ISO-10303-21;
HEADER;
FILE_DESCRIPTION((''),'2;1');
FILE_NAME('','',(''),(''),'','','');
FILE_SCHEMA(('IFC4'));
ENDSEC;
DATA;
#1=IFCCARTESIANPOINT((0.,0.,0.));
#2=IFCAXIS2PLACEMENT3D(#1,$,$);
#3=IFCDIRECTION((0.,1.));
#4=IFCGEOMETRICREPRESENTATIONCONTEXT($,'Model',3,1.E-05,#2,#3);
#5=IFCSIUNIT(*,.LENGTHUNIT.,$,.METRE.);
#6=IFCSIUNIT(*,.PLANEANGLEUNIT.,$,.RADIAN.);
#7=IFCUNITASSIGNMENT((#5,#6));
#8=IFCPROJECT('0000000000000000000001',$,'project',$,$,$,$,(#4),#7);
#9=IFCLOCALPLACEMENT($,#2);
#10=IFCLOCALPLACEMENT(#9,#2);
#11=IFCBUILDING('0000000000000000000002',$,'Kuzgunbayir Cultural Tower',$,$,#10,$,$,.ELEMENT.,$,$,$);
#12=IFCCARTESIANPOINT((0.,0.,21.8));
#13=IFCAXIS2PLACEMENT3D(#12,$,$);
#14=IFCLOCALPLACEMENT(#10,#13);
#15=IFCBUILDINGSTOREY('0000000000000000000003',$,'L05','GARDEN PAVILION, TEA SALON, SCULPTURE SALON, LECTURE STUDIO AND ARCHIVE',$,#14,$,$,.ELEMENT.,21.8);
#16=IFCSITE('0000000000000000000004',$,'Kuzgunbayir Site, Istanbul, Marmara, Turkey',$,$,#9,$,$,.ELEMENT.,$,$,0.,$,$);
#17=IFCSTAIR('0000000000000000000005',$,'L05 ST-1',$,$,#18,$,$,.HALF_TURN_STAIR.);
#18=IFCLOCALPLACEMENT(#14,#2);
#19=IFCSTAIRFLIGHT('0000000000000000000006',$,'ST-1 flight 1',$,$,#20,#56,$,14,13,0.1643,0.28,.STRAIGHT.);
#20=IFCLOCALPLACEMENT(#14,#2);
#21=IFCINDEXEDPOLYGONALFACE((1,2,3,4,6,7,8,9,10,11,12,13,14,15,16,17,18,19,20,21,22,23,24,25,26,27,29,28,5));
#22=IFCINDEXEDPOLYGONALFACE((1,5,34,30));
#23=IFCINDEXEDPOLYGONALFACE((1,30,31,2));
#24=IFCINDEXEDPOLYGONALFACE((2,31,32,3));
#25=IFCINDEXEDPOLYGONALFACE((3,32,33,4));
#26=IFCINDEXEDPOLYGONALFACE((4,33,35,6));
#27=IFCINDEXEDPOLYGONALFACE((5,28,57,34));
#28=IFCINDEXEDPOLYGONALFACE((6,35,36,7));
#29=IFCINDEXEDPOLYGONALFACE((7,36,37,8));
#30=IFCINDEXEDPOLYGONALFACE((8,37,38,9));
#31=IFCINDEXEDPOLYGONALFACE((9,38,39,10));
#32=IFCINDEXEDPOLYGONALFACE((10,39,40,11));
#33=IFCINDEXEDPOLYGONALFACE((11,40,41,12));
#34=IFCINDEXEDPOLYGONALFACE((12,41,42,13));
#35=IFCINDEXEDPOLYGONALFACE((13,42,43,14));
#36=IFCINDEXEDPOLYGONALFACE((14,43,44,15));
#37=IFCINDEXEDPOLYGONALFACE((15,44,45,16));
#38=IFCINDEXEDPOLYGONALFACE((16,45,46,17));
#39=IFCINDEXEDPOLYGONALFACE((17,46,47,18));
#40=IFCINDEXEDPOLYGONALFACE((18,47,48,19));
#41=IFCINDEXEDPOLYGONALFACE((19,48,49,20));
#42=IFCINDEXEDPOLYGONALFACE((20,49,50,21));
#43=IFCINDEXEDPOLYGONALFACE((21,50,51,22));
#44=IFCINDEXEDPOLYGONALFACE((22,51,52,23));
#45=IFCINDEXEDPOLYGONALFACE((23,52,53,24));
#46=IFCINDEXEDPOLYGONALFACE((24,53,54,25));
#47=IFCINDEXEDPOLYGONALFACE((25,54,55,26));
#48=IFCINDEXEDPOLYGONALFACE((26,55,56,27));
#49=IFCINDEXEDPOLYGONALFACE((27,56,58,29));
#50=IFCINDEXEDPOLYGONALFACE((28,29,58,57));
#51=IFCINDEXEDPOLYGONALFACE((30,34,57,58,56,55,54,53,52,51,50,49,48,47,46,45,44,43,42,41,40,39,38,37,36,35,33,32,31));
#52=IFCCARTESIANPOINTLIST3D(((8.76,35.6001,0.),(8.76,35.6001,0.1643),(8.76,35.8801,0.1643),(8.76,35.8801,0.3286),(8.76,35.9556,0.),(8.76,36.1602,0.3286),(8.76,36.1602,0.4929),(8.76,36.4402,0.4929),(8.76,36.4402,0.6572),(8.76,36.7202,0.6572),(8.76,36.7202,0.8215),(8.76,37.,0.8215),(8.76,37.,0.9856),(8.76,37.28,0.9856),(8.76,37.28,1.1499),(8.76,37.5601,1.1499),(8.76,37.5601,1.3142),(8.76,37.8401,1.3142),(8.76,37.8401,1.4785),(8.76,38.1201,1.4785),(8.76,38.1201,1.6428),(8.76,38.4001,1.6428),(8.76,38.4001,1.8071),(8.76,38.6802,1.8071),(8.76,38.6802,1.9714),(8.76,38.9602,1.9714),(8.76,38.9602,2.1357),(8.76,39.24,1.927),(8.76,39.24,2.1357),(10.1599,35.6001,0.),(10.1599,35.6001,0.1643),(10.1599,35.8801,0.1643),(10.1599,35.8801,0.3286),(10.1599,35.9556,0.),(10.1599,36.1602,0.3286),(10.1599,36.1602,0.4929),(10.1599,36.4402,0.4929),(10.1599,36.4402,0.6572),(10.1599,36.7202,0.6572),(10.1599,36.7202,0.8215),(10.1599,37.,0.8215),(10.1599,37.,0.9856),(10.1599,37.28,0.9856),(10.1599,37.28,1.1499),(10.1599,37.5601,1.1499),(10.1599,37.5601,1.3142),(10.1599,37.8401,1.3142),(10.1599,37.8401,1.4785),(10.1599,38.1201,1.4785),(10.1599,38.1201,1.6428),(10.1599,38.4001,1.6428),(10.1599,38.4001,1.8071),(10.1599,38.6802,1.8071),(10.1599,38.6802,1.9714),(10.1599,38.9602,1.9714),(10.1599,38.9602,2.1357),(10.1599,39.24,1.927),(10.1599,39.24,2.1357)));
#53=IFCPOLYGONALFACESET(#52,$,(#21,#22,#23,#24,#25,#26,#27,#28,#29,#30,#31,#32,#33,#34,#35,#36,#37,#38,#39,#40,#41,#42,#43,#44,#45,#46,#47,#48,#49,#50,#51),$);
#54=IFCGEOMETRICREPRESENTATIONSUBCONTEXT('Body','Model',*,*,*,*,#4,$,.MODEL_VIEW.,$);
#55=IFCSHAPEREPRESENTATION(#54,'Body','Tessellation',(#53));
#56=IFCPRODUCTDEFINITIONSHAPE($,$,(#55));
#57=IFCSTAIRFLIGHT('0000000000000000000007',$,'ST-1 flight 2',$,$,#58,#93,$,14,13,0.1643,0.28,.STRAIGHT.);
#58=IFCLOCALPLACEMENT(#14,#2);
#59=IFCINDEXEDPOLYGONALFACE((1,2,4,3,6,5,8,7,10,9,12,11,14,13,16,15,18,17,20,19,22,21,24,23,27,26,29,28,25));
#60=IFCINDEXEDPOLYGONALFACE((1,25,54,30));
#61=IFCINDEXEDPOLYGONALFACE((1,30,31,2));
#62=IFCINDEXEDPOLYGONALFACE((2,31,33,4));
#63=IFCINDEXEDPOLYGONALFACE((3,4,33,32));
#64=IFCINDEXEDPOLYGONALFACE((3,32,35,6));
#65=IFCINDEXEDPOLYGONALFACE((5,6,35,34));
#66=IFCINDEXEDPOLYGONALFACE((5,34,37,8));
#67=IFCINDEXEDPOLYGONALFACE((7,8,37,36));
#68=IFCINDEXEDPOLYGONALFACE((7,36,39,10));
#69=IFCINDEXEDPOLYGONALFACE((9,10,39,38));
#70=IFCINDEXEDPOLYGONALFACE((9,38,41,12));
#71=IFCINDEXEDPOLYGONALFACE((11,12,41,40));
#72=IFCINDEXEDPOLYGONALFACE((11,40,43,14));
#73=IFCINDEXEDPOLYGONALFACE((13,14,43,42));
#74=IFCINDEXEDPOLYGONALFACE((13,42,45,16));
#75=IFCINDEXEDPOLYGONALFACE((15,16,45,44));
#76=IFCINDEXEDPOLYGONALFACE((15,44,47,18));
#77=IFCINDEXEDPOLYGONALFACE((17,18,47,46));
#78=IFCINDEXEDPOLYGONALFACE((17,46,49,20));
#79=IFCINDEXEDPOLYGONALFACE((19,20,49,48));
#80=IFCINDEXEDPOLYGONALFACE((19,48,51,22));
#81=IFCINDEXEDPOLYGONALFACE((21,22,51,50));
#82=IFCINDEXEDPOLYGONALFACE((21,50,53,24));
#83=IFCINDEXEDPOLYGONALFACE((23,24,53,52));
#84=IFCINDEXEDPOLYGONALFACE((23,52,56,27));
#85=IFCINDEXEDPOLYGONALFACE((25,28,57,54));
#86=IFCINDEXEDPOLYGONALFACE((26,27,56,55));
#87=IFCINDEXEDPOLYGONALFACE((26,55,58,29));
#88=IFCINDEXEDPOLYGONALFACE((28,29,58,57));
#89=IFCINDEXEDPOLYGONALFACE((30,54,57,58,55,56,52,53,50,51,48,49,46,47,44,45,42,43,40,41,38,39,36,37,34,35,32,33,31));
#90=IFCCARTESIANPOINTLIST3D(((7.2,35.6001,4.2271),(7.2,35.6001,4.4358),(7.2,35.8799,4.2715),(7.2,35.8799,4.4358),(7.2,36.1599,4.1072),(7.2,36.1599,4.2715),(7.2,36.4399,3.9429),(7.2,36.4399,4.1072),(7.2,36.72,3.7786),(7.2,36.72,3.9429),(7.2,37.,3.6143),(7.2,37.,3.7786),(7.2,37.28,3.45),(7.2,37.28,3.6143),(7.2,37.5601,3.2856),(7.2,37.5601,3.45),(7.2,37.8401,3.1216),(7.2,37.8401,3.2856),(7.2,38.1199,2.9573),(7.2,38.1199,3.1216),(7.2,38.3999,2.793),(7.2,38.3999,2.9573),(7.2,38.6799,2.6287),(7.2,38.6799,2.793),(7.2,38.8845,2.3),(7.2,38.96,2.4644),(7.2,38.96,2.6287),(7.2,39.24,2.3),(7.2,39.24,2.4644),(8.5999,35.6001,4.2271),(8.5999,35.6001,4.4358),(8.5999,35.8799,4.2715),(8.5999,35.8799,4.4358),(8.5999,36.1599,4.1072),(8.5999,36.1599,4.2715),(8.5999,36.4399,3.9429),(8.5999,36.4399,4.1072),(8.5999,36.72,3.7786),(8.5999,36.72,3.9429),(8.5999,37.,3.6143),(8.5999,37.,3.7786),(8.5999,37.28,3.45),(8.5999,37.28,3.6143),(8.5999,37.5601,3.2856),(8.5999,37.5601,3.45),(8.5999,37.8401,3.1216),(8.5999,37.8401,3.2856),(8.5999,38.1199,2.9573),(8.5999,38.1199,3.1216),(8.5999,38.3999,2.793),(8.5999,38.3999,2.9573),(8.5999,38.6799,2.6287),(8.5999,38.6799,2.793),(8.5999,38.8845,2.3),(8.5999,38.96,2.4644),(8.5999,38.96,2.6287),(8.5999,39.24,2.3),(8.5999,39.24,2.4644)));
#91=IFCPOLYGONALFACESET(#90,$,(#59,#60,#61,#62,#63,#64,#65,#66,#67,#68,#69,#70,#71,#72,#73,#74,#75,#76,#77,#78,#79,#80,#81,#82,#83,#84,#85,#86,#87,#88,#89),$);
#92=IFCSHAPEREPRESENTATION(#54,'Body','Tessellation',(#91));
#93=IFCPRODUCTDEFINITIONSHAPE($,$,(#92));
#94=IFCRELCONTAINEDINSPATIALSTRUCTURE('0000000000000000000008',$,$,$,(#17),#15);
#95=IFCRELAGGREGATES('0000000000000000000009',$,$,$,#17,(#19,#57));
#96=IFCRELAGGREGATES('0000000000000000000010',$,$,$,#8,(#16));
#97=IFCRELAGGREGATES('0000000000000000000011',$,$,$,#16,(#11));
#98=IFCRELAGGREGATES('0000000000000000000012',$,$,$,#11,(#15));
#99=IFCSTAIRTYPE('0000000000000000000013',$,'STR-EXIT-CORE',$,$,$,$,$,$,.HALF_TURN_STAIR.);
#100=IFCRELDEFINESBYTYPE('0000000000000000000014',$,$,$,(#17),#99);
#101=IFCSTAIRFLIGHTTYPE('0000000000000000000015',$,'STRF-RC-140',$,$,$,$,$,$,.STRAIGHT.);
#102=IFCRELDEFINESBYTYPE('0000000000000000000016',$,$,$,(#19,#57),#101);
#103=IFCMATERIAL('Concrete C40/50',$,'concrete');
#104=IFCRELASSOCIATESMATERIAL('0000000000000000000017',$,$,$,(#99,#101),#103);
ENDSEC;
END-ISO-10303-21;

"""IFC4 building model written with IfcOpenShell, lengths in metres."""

from ifc_helpers import new_model, si_unit, direction, frame, origin, place, context, subcontext, project, spatial, polyline, outline, extrude, material, type_object, element, aggregate, save


model = new_model("IFC4")

# Units and contexts
model_context = context("Model", 3, precision=1e-05, world=origin(), true_north=direction((0.0, 1.0)))
body_context = subcontext(model_context, "Body", "Model", "MODEL_VIEW")
ifc_project = project(units=[si_unit("LENGTHUNIT", "METRE"), si_unit("PLANEANGLEUNIT", "RADIAN")], contexts=[model_context])

# Site, building, storey
site_placement = place(None, origin())
site = spatial("IfcSite", under=ifc_project, at=site_placement, Name="Kuzgunbayir Site, Istanbul, Marmara, Turkey", CompositionType="ELEMENT", RefElevation=0.0)
building_placement = place(site_placement, origin())
building = spatial("IfcBuilding", under=site, at=building_placement, Name="Kuzgunbayir Cultural Tower", CompositionType="ELEMENT")
storey_placement = place(building_placement, frame((0.0, 0.0, 21.8)))
storey = spatial("IfcBuildingStorey", under=building, at=storey_placement, Name="L05", Description="GARDEN PAVILION, TEA SALON, SCULPTURE SALON, LECTURE STUDIO AND ARCHIVE", CompositionType="ELEMENT", Elevation=21.8)

# Shared definitions
ifc_material_1 = material(Name="Concrete C40/50", Category="concrete")

# Stair, stair flights
stair_type = type_object("IfcStairType", Name="STR-EXIT-CORE", PredefinedType="HALF_TURN_STAIR", material=ifc_material_1)
stair_placement = place(storey_placement, origin())
stair = element("IfcStair", 1, at=stair_placement, inside=storey, type_object=stair_type, Name="L05 ST-1", PredefinedType="HALF_TURN_STAIR")
stair_flight_type = type_object("IfcStairFlightType", Name="STRF-RC-140", PredefinedType="STRAIGHT", material=ifc_material_1)
stair_flight_1_placement = place(storey_placement, frame((9.46, 35.6001, 0.0), z_axis=(0.0, 0.0, 1.0), x_axis=(0.0, 1.0, 0.0)))
stair_flight_1 = element("IfcStairFlight", 2, at=stair_flight_1_placement, type_object=stair_flight_type, Name="ST-1 flight 1", NumberOfRisers=14, NumberOfTreads=13, PredefinedType="STRAIGHT", RiserHeight=0.1643, TreadLength=0.28, context=body_context, shape_type="SweptSolid", body=[
    extrude(outline(polyline([(0.0, 0.0), (0.0, 0.1643), (0.28, 0.1643), (0.28, 0.3286), (0.5601, 0.3286), (0.5601, 0.4929), (0.8401, 0.4929), (0.8401, 0.6572), (1.1201, 0.6572), (1.1201, 0.8215), (1.3999, 0.8215), (1.3999, 0.9856), (1.6799, 0.9856), (1.6799, 1.1499), (1.96, 1.1499), (1.96, 1.3142), (2.24, 1.3142), (2.24, 1.4785), (2.52, 1.4785), (2.52, 1.6428), (2.8, 1.6428), (2.8, 1.8071), (3.0801, 1.8071), (3.0801, 1.9714), (3.3601, 1.9714), (3.3601, 2.1357), (3.6399, 2.1357), (3.6399, 2.3), (3.6399, 1.927), (0.3555, 0.0), (0.0, 0.0)])), frame((0.0, 0.7, 0.0), z_axis=(0.0, -1.0, 0.0), x_axis=(1.0, 0.0, 0.0)), (0.0, 0.0, 1.0), 1.3999),
])
stair_flight_2_placement = place(storey_placement, frame((7.8999, 39.24, 2.3), z_axis=(0.0, 0.0, 1.0), x_axis=(0.0, -1.0, 0.0)))
stair_flight_2 = element("IfcStairFlight", 3, at=stair_flight_2_placement, type_object=stair_flight_type, Name="ST-1 flight 2", NumberOfRisers=14, NumberOfTreads=13, PredefinedType="STRAIGHT", RiserHeight=0.1643, TreadLength=0.28, context=body_context, shape_type="SweptSolid", body=[
    extrude(outline(polyline([(0.0, 0.0), (0.0, 0.1643), (0.28, 0.1643), (0.28, 0.3286), (0.5601, 0.3286), (0.5601, 0.4929), (0.8401, 0.4929), (0.8401, 0.6572), (1.1201, 0.6572), (1.1201, 0.8215), (1.3999, 0.8215), (1.3999, 0.9856), (1.6799, 0.9856), (1.6799, 1.1499), (1.96, 1.1499), (1.96, 1.3142), (2.24, 1.3142), (2.24, 1.4785), (2.52, 1.4785), (2.52, 1.6428), (2.8, 1.6428), (2.8, 1.8071), (3.0801, 1.8071), (3.0801, 1.9714), (3.3601, 1.9714), (3.3601, 2.1357), (3.6399, 2.1357), (3.6399, 2.3), (3.6399, 1.927), (0.3555, 0.0), (0.0, 0.0)])), frame((0.0, 0.7, 0.0), z_axis=(0.0, -1.0, 0.0), x_axis=(1.0, 0.0, 0.0)), (0.0, 0.0, 1.0), 1.3999),
])
aggregate(stair, [stair_flight_1, stair_flight_2])

save(model, "model.ifc")
